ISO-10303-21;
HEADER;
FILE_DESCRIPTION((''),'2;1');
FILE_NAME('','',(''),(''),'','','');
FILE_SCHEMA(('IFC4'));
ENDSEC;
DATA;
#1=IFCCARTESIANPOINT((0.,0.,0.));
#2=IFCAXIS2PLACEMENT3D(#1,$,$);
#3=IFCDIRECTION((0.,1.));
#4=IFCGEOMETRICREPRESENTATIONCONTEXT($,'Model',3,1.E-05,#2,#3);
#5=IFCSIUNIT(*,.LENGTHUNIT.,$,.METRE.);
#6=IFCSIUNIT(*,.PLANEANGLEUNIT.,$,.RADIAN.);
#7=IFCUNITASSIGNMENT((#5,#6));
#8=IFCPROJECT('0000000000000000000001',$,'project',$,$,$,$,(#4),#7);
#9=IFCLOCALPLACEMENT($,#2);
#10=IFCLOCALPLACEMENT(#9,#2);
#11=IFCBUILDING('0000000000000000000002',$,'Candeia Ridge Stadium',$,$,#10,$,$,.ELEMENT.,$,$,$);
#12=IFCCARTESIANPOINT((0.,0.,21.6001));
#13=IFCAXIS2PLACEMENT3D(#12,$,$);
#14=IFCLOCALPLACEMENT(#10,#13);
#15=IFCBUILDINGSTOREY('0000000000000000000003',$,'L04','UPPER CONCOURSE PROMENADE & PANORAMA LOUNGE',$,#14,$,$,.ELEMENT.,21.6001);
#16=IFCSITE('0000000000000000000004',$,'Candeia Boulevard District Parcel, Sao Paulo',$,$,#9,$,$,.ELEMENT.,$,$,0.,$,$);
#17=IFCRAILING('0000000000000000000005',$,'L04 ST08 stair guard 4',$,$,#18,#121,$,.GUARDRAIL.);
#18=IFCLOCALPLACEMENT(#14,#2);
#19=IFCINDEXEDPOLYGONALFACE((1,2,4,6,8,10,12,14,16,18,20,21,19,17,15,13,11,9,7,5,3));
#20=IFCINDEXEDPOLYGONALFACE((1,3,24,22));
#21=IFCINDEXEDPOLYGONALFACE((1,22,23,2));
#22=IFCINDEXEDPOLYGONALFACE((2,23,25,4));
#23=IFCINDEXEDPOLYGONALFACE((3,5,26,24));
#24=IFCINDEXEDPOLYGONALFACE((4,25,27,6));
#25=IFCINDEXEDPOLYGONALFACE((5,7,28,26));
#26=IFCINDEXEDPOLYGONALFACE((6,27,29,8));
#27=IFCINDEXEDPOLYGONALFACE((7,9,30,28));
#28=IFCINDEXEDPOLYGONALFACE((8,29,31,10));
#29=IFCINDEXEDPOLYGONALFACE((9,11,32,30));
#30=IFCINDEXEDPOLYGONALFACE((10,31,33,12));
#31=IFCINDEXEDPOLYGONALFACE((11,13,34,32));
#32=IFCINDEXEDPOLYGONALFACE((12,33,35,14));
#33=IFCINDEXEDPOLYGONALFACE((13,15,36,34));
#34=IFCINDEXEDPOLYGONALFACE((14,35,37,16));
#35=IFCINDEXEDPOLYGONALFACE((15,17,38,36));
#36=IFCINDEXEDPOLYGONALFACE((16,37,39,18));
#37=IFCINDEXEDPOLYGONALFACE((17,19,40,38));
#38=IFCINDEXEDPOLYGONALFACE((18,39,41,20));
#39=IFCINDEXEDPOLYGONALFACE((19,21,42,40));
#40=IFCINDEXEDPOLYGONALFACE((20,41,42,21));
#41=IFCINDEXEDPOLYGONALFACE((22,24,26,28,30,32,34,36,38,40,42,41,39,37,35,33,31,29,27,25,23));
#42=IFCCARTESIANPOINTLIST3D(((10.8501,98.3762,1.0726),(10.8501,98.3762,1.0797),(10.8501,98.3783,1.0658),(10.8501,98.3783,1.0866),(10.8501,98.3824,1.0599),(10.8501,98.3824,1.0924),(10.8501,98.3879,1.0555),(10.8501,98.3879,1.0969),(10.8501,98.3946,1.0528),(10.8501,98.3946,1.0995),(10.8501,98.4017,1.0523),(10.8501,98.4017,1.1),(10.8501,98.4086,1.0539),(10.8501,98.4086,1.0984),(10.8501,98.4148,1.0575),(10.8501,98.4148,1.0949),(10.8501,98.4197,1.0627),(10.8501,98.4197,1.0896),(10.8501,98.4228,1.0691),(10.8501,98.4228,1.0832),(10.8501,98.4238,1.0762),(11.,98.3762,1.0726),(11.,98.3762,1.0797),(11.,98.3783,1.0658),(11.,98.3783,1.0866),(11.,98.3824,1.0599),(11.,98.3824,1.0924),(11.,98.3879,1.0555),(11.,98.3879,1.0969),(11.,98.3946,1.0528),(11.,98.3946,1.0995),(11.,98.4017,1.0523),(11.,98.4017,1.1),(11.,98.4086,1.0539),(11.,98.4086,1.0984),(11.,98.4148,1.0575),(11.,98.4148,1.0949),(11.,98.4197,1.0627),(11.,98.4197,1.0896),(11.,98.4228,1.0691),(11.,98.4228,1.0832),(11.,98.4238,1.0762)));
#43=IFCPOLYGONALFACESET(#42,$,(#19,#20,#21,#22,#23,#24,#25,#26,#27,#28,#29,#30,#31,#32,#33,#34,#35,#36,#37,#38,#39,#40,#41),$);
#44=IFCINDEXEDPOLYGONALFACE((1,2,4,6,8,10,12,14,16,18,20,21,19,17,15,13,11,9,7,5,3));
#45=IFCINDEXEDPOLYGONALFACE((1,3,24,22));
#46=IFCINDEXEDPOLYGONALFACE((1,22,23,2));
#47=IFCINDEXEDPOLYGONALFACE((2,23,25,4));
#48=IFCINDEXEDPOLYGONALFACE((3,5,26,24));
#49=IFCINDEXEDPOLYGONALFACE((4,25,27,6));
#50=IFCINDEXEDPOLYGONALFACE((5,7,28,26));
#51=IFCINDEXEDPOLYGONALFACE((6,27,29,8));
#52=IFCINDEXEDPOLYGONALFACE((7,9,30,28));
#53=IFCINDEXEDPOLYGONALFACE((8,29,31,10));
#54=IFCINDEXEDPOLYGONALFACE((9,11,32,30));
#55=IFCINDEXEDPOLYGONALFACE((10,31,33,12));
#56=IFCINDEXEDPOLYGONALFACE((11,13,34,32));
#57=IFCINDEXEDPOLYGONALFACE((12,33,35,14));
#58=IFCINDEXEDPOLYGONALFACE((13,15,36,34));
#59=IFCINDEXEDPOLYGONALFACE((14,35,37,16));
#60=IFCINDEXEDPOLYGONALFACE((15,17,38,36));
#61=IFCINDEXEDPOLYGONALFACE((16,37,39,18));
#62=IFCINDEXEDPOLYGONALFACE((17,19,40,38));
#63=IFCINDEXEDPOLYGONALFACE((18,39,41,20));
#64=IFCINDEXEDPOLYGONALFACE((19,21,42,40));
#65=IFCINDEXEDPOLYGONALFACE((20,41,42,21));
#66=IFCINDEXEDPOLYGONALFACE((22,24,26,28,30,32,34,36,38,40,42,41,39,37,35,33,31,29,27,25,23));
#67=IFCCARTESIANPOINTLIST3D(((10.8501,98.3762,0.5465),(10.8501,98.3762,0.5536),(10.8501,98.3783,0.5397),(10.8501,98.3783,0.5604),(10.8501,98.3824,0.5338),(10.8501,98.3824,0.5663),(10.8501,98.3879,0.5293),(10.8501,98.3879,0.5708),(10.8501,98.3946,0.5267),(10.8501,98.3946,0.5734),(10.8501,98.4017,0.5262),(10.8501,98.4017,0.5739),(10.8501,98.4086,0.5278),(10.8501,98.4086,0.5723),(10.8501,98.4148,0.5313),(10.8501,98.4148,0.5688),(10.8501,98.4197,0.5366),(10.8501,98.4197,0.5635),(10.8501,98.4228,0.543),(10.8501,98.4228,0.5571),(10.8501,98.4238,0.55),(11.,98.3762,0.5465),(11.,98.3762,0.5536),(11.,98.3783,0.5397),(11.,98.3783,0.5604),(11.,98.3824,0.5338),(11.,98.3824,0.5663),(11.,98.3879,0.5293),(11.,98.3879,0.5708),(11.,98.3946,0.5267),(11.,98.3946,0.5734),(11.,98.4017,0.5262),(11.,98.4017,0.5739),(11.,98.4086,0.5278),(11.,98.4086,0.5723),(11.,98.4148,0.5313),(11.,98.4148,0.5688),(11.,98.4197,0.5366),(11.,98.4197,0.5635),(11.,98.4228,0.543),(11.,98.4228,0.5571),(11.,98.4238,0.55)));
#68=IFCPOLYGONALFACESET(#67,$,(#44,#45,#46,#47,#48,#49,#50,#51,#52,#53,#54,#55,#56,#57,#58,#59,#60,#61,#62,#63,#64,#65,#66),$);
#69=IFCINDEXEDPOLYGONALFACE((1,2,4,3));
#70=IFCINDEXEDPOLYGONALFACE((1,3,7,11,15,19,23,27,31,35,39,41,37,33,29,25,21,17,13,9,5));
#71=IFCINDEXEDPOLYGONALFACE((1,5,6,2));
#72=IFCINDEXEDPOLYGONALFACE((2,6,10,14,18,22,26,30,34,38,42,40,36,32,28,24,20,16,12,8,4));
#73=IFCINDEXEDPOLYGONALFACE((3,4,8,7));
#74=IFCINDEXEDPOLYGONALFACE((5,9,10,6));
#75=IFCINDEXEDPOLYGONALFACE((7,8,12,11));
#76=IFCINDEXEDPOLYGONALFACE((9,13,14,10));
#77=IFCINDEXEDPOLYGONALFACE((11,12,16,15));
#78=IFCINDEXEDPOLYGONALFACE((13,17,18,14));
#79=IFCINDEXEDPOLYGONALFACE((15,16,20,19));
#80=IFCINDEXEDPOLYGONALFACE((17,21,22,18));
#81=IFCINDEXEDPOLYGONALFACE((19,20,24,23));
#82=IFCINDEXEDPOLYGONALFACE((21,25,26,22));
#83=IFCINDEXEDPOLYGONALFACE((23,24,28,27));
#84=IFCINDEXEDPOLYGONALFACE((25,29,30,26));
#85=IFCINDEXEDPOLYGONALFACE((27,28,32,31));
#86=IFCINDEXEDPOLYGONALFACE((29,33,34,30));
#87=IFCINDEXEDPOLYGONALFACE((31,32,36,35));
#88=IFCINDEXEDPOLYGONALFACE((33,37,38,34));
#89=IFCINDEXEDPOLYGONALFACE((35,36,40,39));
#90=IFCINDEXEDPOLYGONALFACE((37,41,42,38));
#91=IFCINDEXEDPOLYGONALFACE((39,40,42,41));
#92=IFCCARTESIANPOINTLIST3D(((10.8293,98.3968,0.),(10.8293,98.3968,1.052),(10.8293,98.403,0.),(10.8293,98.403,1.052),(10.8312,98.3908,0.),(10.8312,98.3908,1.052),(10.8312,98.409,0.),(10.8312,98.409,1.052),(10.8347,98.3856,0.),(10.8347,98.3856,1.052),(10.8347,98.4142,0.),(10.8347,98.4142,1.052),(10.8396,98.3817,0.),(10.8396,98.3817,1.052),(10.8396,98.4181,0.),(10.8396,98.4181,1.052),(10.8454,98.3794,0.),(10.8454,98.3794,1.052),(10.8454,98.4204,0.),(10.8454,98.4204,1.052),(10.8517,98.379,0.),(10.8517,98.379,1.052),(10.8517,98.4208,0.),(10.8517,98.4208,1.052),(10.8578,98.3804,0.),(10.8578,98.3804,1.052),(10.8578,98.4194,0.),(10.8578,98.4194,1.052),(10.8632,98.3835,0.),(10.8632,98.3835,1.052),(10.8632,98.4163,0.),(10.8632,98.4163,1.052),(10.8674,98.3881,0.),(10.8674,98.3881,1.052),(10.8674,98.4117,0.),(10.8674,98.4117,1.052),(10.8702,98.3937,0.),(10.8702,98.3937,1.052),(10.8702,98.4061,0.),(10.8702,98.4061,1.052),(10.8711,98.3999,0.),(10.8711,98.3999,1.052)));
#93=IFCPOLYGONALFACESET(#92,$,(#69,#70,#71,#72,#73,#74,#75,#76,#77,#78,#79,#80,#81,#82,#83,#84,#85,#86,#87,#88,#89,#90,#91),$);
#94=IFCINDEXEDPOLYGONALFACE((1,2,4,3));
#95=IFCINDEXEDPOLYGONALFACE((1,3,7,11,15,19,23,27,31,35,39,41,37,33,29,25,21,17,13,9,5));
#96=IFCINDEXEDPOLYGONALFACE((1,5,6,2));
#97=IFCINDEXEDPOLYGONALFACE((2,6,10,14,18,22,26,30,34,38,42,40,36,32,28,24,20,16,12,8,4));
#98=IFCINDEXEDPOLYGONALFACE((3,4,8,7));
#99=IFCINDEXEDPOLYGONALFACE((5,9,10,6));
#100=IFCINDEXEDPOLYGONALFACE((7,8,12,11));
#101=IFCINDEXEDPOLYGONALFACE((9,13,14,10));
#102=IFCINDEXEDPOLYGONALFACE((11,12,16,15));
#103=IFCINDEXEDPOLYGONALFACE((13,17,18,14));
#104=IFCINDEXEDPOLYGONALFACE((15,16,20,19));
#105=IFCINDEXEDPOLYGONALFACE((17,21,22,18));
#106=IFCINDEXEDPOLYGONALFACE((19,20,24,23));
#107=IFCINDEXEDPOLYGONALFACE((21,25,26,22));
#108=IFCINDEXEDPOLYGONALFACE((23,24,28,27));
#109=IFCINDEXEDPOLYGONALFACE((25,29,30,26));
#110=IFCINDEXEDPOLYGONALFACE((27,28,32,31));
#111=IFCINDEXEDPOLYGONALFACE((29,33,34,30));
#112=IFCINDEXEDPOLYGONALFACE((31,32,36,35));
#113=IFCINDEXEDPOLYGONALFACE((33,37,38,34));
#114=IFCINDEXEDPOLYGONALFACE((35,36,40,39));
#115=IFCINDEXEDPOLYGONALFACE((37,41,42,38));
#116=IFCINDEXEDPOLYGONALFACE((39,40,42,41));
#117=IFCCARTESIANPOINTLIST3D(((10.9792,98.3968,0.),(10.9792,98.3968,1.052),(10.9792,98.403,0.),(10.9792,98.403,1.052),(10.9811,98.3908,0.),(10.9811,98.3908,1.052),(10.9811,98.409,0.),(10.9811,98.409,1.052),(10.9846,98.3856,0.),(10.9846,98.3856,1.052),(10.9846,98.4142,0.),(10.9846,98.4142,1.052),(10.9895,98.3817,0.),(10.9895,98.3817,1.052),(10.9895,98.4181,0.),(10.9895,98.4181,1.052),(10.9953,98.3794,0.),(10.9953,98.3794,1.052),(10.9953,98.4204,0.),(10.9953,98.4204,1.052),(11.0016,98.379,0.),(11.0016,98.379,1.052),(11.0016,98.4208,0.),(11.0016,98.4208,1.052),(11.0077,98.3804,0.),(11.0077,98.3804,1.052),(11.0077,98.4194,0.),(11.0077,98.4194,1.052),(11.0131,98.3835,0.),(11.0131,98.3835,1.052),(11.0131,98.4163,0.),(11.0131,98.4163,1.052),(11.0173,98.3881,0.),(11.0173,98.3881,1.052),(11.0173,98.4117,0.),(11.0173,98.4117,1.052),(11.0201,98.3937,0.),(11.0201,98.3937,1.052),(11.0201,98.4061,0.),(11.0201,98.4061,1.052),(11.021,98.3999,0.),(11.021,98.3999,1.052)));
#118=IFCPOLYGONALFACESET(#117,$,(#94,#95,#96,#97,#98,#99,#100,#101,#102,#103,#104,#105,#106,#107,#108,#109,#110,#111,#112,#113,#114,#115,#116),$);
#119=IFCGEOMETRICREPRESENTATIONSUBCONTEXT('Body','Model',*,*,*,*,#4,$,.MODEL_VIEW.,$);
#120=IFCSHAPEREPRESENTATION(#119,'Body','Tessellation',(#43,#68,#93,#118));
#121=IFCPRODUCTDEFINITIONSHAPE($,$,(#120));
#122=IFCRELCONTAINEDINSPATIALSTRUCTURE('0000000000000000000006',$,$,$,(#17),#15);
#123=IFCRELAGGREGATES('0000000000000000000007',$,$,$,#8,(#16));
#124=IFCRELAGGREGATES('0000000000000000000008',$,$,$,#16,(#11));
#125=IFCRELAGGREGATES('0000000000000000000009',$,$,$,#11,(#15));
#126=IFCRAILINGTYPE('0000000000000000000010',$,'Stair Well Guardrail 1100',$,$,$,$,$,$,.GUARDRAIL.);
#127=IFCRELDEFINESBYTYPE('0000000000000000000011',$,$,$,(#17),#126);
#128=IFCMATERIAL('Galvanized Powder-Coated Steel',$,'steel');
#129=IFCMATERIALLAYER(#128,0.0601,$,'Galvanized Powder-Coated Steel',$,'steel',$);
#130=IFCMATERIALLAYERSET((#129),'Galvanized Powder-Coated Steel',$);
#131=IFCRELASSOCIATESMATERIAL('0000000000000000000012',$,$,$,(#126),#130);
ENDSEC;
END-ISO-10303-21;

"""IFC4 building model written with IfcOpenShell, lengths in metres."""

from ifc_helpers import new_model, si_unit, direction, frame, origin, origin_2d, place, context, subcontext, project, spatial, circle, extrude, material, layer, layer_set, type_object, element, save


model = new_model("IFC4")

# Units and contexts
model_context = context("Model", 3, precision=1e-05, world=origin(), true_north=direction((0.0, 1.0)))
body_context = subcontext(model_context, "Body", "Model", "MODEL_VIEW")
ifc_project = project(units=[si_unit("LENGTHUNIT", "METRE"), si_unit("PLANEANGLEUNIT", "RADIAN")], contexts=[model_context])

# Site, building, storey
site_placement = place(None, origin())
site = spatial("IfcSite", under=ifc_project, at=site_placement, Name="Candeia Boulevard District Parcel, Sao Paulo", CompositionType="ELEMENT", RefElevation=0.0)
building_placement = place(site_placement, origin())
building = spatial("IfcBuilding", under=site, at=building_placement, Name="Candeia Ridge Stadium", CompositionType="ELEMENT")
storey_placement = place(building_placement, frame((0.0, 0.0, 21.6001)))
storey = spatial("IfcBuildingStorey", under=building, at=storey_placement, Name="L04", Description="UPPER CONCOURSE PROMENADE & PANORAMA LOUNGE", CompositionType="ELEMENT", Elevation=21.6001)

# Railing
ifc_material_1 = material(Name="Galvanized Powder-Coated Steel", Category="steel")
ifc_layer_1 = layer(ifc_material_1, 0.0601, Name="Galvanized Powder-Coated Steel", Category="steel")
ifc_layer_set_1 = layer_set([ifc_layer_1], Name="Galvanized Powder-Coated Steel")
railing_type_1 = type_object("IfcRailingType", Name="Stair Well Guardrail 1100", PredefinedType="GUARDRAIL", material=ifc_layer_set_1)
railing_1_placement = place(storey_placement, frame((10.8501, 98.3999, 0.0)))
element("IfcRailing", 1, at=railing_1_placement, inside=storey, type_object=railing_type_1, Name="L04 ST08 stair guard 4", PredefinedType="GUARDRAIL", context=body_context, shape_type="SweptSolid", body=[
    extrude(circle(Radius=0.0239, at=origin_2d()), frame((0.0, 0.0, 1.0762), z_axis=(1.0, 0.0, 0.0), x_axis=(0.0, 1.0, 0.0)), (0.0, 0.0, 1.0), 0.1499),
    extrude(circle(Radius=0.0239, at=origin_2d()), frame((0.0, 0.0, 0.55), z_axis=(1.0, 0.0, 0.0), x_axis=(0.0, 1.0, 0.0)), (0.0, 0.0, 1.0), 0.1499),
    extrude(circle(Radius=0.021, at=origin_2d()), origin(), (0.0, 0.0, 1.0), 1.052),
    extrude(circle(Radius=0.021, at=origin_2d()), frame((0.1499, 0.0, 0.0)), (0.0, 0.0, 1.0), 1.052),
])

save(model, "model.ifc")
